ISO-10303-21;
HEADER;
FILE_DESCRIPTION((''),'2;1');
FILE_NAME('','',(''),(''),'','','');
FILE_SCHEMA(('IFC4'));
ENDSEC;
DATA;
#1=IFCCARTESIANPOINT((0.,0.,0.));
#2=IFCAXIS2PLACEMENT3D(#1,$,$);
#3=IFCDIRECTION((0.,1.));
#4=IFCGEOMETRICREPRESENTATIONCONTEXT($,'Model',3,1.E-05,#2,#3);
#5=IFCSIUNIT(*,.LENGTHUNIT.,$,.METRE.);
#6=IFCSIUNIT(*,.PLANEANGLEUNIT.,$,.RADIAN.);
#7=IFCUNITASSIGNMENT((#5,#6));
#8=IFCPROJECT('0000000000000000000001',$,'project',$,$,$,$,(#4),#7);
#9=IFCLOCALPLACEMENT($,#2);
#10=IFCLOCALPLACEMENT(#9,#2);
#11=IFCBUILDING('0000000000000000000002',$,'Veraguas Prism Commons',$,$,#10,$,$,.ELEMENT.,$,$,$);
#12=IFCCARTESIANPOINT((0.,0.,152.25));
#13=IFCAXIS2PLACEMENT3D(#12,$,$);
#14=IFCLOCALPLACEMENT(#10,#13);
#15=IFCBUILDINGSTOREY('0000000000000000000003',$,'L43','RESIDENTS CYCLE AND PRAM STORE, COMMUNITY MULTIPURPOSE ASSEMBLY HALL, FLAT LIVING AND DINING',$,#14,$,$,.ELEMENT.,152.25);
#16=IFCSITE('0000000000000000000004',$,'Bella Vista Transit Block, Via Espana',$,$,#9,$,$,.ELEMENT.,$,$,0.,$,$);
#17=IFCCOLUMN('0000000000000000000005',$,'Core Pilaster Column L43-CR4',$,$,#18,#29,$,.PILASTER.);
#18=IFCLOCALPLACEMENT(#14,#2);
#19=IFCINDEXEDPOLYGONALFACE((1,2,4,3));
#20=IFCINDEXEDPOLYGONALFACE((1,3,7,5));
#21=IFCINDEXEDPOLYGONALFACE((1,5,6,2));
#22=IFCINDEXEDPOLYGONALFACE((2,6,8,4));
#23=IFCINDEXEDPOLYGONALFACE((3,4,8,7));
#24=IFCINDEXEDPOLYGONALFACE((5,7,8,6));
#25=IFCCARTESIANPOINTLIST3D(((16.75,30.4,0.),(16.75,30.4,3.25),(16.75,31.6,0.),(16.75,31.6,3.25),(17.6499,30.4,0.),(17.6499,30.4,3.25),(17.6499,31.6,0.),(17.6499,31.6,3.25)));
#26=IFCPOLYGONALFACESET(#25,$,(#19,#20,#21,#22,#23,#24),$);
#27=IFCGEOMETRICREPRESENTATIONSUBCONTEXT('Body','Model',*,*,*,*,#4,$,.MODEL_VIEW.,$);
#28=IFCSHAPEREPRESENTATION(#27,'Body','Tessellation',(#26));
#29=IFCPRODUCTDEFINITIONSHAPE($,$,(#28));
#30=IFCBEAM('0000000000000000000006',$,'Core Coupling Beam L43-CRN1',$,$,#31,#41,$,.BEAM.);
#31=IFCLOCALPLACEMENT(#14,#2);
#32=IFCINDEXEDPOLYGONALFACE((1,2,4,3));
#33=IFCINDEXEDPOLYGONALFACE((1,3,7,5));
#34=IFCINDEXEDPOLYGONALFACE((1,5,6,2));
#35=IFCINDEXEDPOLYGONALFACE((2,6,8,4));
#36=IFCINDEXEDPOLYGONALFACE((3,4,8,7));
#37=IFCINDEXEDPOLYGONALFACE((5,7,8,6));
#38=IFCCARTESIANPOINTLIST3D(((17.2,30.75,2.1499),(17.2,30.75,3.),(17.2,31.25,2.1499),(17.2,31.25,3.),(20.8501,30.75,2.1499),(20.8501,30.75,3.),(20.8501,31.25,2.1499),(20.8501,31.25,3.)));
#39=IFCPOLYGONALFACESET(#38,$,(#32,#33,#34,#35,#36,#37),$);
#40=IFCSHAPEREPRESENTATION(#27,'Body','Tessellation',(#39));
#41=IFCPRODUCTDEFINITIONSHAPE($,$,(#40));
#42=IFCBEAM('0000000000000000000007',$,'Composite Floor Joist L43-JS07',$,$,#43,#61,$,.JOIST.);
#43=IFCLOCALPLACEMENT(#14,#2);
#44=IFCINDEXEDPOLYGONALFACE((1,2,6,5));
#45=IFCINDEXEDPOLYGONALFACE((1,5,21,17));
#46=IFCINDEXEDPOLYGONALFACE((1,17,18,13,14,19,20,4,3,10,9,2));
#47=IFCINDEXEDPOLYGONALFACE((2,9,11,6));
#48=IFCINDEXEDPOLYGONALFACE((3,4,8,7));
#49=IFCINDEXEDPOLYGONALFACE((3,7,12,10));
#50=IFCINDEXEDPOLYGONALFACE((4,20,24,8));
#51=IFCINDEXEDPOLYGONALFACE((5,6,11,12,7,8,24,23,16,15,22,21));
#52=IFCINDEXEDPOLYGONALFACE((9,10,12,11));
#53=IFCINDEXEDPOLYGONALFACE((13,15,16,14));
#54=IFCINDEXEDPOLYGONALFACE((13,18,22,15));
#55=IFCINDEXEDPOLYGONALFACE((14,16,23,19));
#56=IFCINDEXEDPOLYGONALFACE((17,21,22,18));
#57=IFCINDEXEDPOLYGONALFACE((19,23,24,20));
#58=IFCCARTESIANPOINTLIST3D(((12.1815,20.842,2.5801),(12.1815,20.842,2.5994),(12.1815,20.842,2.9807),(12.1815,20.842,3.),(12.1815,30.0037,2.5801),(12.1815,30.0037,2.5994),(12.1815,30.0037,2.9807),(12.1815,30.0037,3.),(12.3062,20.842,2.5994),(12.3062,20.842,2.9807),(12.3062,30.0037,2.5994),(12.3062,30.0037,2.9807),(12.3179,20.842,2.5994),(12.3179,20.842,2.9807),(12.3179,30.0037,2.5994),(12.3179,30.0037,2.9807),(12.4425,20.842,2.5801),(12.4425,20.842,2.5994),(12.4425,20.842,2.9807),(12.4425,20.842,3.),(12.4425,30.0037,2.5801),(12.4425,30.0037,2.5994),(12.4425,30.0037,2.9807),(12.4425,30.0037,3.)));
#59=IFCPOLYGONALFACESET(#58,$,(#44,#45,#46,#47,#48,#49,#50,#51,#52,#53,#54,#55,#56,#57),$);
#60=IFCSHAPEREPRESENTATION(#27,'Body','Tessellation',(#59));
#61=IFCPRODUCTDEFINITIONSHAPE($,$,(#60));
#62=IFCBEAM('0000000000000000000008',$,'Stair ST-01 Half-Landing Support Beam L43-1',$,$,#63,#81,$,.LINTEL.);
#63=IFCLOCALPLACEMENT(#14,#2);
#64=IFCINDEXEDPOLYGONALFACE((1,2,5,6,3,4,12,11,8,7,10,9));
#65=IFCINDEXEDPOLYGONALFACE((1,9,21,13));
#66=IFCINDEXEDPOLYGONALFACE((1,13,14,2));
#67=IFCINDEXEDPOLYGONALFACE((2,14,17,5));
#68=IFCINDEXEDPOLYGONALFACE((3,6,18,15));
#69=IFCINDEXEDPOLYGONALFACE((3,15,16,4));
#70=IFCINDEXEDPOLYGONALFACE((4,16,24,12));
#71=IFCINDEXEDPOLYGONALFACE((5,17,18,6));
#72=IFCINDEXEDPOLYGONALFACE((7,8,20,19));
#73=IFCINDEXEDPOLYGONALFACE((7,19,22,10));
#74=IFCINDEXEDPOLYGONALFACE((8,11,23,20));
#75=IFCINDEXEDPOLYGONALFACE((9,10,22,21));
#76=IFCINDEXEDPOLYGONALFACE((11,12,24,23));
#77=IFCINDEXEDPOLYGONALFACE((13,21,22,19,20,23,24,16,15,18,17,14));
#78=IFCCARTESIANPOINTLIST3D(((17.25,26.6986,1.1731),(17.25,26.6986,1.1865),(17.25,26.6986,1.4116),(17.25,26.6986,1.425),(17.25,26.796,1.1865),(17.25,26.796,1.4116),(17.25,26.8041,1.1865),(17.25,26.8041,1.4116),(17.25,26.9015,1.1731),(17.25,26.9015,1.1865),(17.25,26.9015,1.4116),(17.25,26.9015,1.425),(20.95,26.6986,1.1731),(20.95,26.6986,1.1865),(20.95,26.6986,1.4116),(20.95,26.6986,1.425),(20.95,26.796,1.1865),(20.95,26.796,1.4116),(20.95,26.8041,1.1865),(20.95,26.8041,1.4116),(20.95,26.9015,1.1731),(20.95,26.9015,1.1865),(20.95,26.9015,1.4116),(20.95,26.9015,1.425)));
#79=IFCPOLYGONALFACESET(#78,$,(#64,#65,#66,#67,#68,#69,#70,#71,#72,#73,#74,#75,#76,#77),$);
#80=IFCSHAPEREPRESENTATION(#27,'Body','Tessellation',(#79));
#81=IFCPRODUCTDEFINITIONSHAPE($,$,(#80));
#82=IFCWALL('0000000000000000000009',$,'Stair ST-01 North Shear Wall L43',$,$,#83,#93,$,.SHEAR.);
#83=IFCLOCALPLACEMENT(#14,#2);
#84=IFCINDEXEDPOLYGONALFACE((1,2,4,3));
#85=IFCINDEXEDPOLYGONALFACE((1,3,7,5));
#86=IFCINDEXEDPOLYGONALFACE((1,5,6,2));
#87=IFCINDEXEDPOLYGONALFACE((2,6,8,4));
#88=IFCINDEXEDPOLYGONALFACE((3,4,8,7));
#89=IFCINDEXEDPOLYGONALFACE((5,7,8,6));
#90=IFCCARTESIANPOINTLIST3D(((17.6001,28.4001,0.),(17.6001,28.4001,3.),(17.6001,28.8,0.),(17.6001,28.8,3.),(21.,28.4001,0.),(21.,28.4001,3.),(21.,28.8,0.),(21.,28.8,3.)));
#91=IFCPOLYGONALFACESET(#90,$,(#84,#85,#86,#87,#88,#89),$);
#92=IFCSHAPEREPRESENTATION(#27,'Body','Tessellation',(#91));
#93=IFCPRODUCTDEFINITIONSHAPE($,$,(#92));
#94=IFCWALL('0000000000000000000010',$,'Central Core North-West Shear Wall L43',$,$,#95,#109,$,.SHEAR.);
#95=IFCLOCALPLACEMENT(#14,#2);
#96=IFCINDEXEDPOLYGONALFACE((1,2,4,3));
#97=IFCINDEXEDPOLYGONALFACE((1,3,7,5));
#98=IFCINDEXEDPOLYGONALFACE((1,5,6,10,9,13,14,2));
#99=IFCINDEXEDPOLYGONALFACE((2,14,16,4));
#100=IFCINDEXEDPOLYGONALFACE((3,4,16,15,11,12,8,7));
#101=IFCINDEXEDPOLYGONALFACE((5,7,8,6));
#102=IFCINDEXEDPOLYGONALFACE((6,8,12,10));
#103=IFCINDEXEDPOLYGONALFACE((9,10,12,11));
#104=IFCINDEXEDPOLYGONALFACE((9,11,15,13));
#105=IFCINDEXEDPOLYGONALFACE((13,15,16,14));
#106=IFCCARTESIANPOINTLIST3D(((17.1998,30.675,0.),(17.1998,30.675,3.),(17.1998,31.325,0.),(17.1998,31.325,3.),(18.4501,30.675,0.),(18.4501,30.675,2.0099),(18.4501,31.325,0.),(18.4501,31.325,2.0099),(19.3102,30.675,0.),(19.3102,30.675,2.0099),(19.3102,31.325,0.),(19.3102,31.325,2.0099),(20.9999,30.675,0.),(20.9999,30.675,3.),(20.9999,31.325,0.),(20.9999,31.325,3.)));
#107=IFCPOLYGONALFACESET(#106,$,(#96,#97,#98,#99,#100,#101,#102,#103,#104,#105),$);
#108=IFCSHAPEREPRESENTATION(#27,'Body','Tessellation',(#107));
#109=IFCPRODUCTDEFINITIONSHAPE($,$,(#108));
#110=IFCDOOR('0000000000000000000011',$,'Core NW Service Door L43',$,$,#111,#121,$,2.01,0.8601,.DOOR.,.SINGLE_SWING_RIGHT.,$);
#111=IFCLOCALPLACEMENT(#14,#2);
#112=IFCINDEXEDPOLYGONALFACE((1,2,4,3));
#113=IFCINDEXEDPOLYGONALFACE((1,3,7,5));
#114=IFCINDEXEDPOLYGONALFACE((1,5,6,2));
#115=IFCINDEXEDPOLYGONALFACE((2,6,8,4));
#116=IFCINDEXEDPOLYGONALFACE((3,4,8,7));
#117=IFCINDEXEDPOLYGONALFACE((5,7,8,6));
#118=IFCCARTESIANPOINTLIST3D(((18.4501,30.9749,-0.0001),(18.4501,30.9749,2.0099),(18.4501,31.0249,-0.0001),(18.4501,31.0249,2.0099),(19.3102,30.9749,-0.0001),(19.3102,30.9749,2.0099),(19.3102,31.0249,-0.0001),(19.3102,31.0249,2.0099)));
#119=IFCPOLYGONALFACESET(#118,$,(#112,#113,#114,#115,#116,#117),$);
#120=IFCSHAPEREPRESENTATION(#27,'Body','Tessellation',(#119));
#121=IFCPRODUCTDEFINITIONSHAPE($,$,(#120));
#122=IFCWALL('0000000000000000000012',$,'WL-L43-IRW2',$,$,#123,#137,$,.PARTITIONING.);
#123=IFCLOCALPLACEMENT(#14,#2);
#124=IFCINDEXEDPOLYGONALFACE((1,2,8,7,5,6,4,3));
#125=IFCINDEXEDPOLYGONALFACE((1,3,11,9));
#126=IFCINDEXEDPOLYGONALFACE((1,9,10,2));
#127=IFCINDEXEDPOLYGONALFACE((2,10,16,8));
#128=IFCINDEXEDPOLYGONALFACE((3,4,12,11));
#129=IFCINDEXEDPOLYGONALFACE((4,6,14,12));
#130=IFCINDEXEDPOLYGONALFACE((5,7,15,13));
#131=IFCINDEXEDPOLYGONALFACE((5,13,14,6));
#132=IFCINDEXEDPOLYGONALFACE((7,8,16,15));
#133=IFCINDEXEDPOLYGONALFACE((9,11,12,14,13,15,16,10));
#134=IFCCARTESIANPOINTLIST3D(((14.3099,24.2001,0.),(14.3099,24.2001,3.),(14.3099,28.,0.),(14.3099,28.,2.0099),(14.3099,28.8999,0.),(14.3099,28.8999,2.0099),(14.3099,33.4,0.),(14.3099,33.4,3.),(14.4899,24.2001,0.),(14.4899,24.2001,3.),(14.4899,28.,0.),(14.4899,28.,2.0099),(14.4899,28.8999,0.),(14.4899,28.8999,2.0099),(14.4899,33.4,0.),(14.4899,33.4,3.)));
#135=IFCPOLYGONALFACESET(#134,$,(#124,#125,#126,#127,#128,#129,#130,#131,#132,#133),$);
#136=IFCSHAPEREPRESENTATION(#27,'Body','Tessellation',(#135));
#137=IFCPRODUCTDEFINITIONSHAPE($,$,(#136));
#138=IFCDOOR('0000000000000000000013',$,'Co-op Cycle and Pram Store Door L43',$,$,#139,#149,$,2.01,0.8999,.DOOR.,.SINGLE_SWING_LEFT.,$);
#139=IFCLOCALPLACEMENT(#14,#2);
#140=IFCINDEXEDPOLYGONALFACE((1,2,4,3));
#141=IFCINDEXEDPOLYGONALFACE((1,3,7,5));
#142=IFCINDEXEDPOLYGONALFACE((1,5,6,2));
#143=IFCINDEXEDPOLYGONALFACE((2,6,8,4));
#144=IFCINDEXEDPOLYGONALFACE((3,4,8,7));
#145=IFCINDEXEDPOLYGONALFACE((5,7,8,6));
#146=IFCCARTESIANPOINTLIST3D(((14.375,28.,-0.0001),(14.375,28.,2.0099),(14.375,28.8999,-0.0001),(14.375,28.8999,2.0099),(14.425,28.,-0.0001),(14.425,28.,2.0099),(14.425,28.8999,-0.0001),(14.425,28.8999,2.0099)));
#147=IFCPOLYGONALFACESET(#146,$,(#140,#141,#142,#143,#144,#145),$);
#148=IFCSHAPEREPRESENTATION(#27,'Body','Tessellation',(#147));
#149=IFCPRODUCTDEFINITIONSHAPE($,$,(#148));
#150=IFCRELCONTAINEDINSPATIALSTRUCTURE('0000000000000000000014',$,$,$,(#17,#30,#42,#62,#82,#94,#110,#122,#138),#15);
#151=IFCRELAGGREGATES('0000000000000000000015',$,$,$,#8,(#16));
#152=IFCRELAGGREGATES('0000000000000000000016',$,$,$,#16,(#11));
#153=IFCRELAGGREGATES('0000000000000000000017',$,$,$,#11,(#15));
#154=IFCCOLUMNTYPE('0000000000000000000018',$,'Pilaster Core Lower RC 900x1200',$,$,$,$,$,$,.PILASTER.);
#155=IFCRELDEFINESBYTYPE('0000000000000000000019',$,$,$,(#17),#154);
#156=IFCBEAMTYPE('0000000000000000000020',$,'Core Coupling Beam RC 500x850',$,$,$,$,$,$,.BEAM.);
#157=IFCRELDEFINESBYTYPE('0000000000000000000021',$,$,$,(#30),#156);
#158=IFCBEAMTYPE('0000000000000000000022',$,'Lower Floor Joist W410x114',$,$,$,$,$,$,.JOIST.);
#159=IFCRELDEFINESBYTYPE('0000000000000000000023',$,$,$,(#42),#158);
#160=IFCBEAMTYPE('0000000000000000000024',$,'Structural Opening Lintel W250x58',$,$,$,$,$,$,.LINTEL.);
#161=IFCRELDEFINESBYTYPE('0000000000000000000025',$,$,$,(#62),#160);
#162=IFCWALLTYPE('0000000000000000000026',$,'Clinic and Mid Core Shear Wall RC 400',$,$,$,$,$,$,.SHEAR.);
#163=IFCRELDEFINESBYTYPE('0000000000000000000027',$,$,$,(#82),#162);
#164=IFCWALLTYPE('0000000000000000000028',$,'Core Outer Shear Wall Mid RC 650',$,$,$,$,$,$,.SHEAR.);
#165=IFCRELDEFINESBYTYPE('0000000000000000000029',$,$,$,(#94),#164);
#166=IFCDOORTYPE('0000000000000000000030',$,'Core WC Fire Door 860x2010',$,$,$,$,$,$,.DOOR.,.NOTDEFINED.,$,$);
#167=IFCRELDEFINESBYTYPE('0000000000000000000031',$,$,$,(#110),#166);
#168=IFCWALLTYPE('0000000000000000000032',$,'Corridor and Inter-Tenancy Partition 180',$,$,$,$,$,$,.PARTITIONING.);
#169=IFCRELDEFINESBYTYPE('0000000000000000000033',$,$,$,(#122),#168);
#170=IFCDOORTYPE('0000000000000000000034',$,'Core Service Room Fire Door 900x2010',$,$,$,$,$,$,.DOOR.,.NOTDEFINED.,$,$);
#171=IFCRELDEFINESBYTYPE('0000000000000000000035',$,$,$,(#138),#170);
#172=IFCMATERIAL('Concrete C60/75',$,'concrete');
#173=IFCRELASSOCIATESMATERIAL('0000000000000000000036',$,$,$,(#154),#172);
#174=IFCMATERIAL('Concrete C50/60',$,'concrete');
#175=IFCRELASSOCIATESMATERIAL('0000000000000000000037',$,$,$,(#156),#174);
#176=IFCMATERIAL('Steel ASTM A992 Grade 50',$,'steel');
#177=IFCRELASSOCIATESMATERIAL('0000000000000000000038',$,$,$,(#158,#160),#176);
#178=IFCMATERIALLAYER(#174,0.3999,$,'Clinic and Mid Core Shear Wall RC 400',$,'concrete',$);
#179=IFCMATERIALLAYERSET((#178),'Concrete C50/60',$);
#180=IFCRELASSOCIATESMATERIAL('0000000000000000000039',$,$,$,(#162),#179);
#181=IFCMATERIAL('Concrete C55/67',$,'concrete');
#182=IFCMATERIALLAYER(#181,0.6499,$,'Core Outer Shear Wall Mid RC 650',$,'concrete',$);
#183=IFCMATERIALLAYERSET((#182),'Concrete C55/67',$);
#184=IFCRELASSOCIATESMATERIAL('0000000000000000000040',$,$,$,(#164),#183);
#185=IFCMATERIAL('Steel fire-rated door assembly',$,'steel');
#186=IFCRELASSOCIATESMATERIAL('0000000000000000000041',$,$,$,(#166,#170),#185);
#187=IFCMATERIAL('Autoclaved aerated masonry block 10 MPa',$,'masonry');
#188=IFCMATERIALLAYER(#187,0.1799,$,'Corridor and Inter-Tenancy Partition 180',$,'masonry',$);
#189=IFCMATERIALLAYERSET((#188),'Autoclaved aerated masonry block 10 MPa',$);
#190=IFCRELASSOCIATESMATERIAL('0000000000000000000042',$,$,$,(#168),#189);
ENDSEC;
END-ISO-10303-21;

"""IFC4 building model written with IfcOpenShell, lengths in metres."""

from ifc_helpers import new_model, si_unit, direction, frame, frame_2d, origin, origin_2d, place, context, subcontext, project, spatial, rectangle, i_section, extrude, source, transform, mapped, material, layer, layer_set, material_profile, profile_set, type_object, element, fill, save


model = new_model("IFC4")

# Units and contexts
model_context = context("Model", 3, precision=1e-05, world=origin(), true_north=direction((0.0, 1.0)))
body_context = subcontext(model_context, "Body", "Model", "MODEL_VIEW")
ifc_project = project(units=[si_unit("LENGTHUNIT", "METRE"), si_unit("PLANEANGLEUNIT", "RADIAN")], contexts=[model_context])

# Site, building, storey
site_placement = place(None, origin())
site = spatial("IfcSite", under=ifc_project, at=site_placement, Name="Bella Vista Transit Block, Via Espana", CompositionType="ELEMENT", RefElevation=0.0)
building_placement = place(site_placement, origin())
building = spatial("IfcBuilding", under=site, at=building_placement, Name="Veraguas Prism Commons", CompositionType="ELEMENT")
storey_placement = place(building_placement, frame((0.0, 0.0, 152.25)))
storey = spatial("IfcBuildingStorey", under=building, at=storey_placement, Name="L43", Description="RESIDENTS CYCLE AND PRAM STORE, COMMUNITY MULTIPURPOSE ASSEMBLY HALL, FLAT LIVING AND DINING", CompositionType="ELEMENT", Elevation=152.25)

# Column
ifc_material_1 = material(Name="Concrete C60/75", Category="concrete")
ifc_material_profile_1 = material_profile(ifc_material_1, rectangle(XDim=0.8999, YDim=1.2, at=origin_2d()), Name="RC900X1200")
ifc_profile_set_1 = profile_set([ifc_material_profile_1], Name="Concrete C60/75")
column_type = type_object("IfcColumnType", Name="Pilaster Core Lower RC 900x1200", PredefinedType="PILASTER", material=ifc_profile_set_1)
column_placement = place(storey_placement, frame((17.2, 31.0, 0.0), z_axis=(0.0, 0.0, 1.0), x_axis=(1.0, 0.0, 0.0)))
element("IfcColumn", 1, at=column_placement, inside=storey, type_object=column_type, Name="Core Pilaster Column L43-CR4", PredefinedType="PILASTER", context=body_context, shape_type="SweptSolid", body=[
    extrude(rectangle(XDim=0.8999, YDim=1.2, at=origin_2d()), origin(), (0.0, 0.0, 1.0), 3.25),
])

# Beams
ifc_material_2 = material(Name="Concrete C50/60", Category="concrete")
ifc_material_profile_2 = material_profile(ifc_material_2, rectangle(XDim=0.5, YDim=0.8501, at=origin_2d()), Name="RC500X850")
ifc_profile_set_2 = profile_set([ifc_material_profile_2], Name="Concrete C50/60")
beam_type_1 = type_object("IfcBeamType", Name="Core Coupling Beam RC 500x850", PredefinedType="BEAM", material=ifc_profile_set_2)
beam_1_placement = place(storey_placement, frame((17.2, 31.0, 2.575), z_axis=(1.0, 0.0, 0.0), x_axis=(0.0, 1.0, 0.0)))
element("IfcBeam", 2, at=beam_1_placement, inside=storey, type_object=beam_type_1, Name="Core Coupling Beam L43-CRN1", PredefinedType="BEAM", context=body_context, shape_type="SweptSolid", body=[
    extrude(rectangle(XDim=0.5, YDim=0.8501, at=origin_2d()), origin(), (0.0, 0.0, 1.0), 3.6501),
])
ifc_material_3 = material(Name="Steel ASTM A992 Grade 50", Category="steel")
ifc_material_profile_3 = material_profile(ifc_material_3, i_section(OverallWidth=0.261, OverallDepth=0.4199, WebThickness=0.0117, FlangeThickness=0.0193, at=origin_2d()), Name="W410X114")
ifc_profile_set_3 = profile_set([ifc_material_profile_3], Name="Steel ASTM A992 Grade 50")
beam_type_2 = type_object("IfcBeamType", Name="Lower Floor Joist W410x114", PredefinedType="JOIST", material=ifc_profile_set_3)
beam_2_placement = place(storey_placement, frame((12.312, 30.0037, 2.79), z_axis=(0.0, -1.0, 0.0), x_axis=(1.0, 0.0, 0.0)))
element("IfcBeam", 3, at=beam_2_placement, inside=storey, type_object=beam_type_2, Name="Composite Floor Joist L43-JS07", PredefinedType="JOIST", context=body_context, shape_type="SweptSolid", body=[
    extrude(i_section(OverallWidth=0.261, OverallDepth=0.4199, WebThickness=0.0117, FlangeThickness=0.0193, at=origin_2d()), origin(), (0.0, 0.0, 1.0), 9.1616),
])
ifc_material_profile_4 = material_profile(ifc_material_3, i_section(OverallWidth=0.2029, OverallDepth=0.252, WebThickness=0.0081, FlangeThickness=0.0134, at=origin_2d()), Name="W250X58")
ifc_profile_set_4 = profile_set([ifc_material_profile_4], Name="Steel ASTM A992 Grade 50")
beam_type_3 = type_object("IfcBeamType", Name="Structural Opening Lintel W250x58", PredefinedType="LINTEL", material=ifc_profile_set_4)
beam_3_placement = place(storey_placement, frame((17.25, 26.8, 1.2991), z_axis=(1.0, 0.0, 0.0), x_axis=(0.0, 1.0, 0.0)))
element("IfcBeam", 4, at=beam_3_placement, inside=storey, type_object=beam_type_3, Name="Stair ST-01 Half-Landing Support Beam L43-1", PredefinedType="LINTEL", context=body_context, shape_type="SweptSolid", body=[
    extrude(i_section(OverallWidth=0.2029, OverallDepth=0.252, WebThickness=0.0081, FlangeThickness=0.0134, at=origin_2d()), origin(), (0.0, 0.0, 1.0), 3.7),
])

# Wall
ifc_layer_1 = layer(ifc_material_2, 0.3999, Name="Clinic and Mid Core Shear Wall RC 400", Category="concrete")
ifc_layer_set_1 = layer_set([ifc_layer_1], Name="Concrete C50/60")
wall_type_1 = type_object("IfcWallType", Name="Clinic and Mid Core Shear Wall RC 400", PredefinedType="SHEAR", material=ifc_layer_set_1)
wall_1_placement = place(storey_placement, frame((17.6001, 28.6001, 0.0), z_axis=(0.0, 0.0, 1.0), x_axis=(1.0, 0.0, 0.0)))
element("IfcWall", 5, at=wall_1_placement, inside=storey, type_object=wall_type_1, Name="Stair ST-01 North Shear Wall L43", PredefinedType="SHEAR", context=body_context, shape_type="SweptSolid", body=[
    extrude(rectangle(XDim=3.3999, YDim=0.3999, at=frame_2d((1.7, 0.0))), origin(), (0.0, 0.0, 1.0), 3.0),
])

# Walls, openings, doors
ifc_material_4 = material(Name="Concrete C55/67", Category="concrete")
ifc_layer_2 = layer(ifc_material_4, 0.6499, Name="Core Outer Shear Wall Mid RC 650", Category="concrete")
ifc_layer_set_2 = layer_set([ifc_layer_2], Name="Concrete C55/67")
wall_type_2 = type_object("IfcWallType", Name="Core Outer Shear Wall Mid RC 650", PredefinedType="SHEAR", material=ifc_layer_set_2)
wall_2_placement = place(storey_placement, frame((17.2, 31.0, 0.0), z_axis=(0.0, 0.0, 1.0), x_axis=(1.0, 0.0, 0.0)))
wall_2 = element("IfcWall", 6, at=wall_2_placement, inside=storey, type_object=wall_type_2, Name="Central Core North-West Shear Wall L43", PredefinedType="SHEAR", context=body_context, shape_type="SweptSolid", body=[
    extrude(rectangle(XDim=3.8, YDim=0.6499, at=frame_2d((1.8999, 0.0))), origin(), (0.0, 0.0, 1.0), 3.0),
])
opening_1_placement = place(wall_2_placement, frame((1.25, 0.0, 0.0)))
opening_1 = element("IfcOpeningElement", 7, at=opening_1_placement, cuts=wall_2, PredefinedType="OPENING", context=body_context, shape_type="SweptSolid", body=[
    extrude(rectangle(XDim=0.8601, YDim=2.01, at=frame_2d((0.4302, 1.0049))), frame((0.0, 0.335, 0.0), z_axis=(0.0, -1.0, 0.0), x_axis=(1.0, 0.0, 0.0)), (0.0, 0.0, 1.0), 0.6699),
])
ifc_material_5 = material(Name="Steel fire-rated door assembly", Category="steel")
door_type_1 = type_object("IfcDoorType", Name="Core WC Fire Door 860x2010", OperationType="NOTDEFINED", PredefinedType="DOOR", material=ifc_material_5)
shared_shape_1 = source(origin(), body_context, "Body", "SweptSolid", [
    extrude(rectangle(XDim=0.8601, YDim=2.01, at=frame_2d((0.4302, 1.0049))), frame((0.0, 0.0249, 0.0), z_axis=(0.0, -1.0, 0.0), x_axis=(1.0, 0.0, 0.0)), (0.0, 0.0, 1.0), 0.05),
])
door_1_placement = place(opening_1_placement, origin())
door_1 = element("IfcDoor", 8, at=door_1_placement, inside=storey, type_object=door_type_1, Name="Core NW Service Door L43", OperationType="SINGLE_SWING_RIGHT", OverallHeight=2.01, OverallWidth=0.8601, PredefinedType="DOOR", context=body_context, shape_type="MappedRepresentation", body=[
    mapped(shared_shape_1, transform((0.0, 0.0, 0.0), scale=1.0)),
])
fill(opening_1, door_1)
ifc_material_6 = material(Name="Autoclaved aerated masonry block 10 MPa", Category="masonry")
ifc_layer_3 = layer(ifc_material_6, 0.1799, Name="Corridor and Inter-Tenancy Partition 180", Category="masonry")
ifc_layer_set_3 = layer_set([ifc_layer_3], Name="Autoclaved aerated masonry block 10 MPa")
wall_type_3 = type_object("IfcWallType", Name="Corridor and Inter-Tenancy Partition 180", PredefinedType="PARTITIONING", material=ifc_layer_set_3)
wall_3_placement = place(storey_placement, frame((14.3999, 24.2, 0.0), z_axis=(0.0, 0.0, 1.0), x_axis=(0.0, 1.0, 0.0)))
wall_3 = element("IfcWall", 9, at=wall_3_placement, inside=storey, type_object=wall_type_3, Name="WL-L43-IRW2", PredefinedType="PARTITIONING", context=body_context, shape_type="SweptSolid", body=[
    extrude(rectangle(XDim=9.2, YDim=0.1799, at=frame_2d((4.6001, 0.0))), origin(), (0.0, 0.0, 1.0), 3.0),
])
opening_2_placement = place(wall_3_placement, frame((3.8, 0.0, 0.0)))
opening_2 = element("IfcOpeningElement", 10, at=opening_2_placement, cuts=wall_3, PredefinedType="OPENING", context=body_context, shape_type="SweptSolid", body=[
    extrude(rectangle(XDim=0.8999, YDim=2.01, at=frame_2d((0.45, 1.0049))), frame((0.0, 0.0999, 0.0), z_axis=(0.0, -1.0, 0.0), x_axis=(1.0, 0.0, 0.0)), (0.0, 0.0, 1.0), 0.2),
])
door_type_2 = type_object("IfcDoorType", Name="Core Service Room Fire Door 900x2010", OperationType="NOTDEFINED", PredefinedType="DOOR", material=ifc_material_5)
shared_shape_2 = source(origin(), body_context, "Body", "SweptSolid", [
    extrude(rectangle(XDim=0.8999, YDim=2.01, at=frame_2d((0.45, 1.0049))), frame((0.0, 0.0249, 0.0), z_axis=(0.0, -1.0, 0.0), x_axis=(1.0, 0.0, 0.0)), (0.0, 0.0, 1.0), 0.05),
])
door_2_placement = place(opening_2_placement, origin())
door_2 = element("IfcDoor", 11, at=door_2_placement, inside=storey, type_object=door_type_2, Name="Co-op Cycle and Pram Store Door L43", OperationType="SINGLE_SWING_LEFT", OverallHeight=2.01, OverallWidth=0.8999, PredefinedType="DOOR", context=body_context, shape_type="MappedRepresentation", body=[
    mapped(shared_shape_2, transform((0.0, 0.0, 0.0), scale=1.0)),
])
fill(opening_2, door_2)

save(model, "model.ifc")
